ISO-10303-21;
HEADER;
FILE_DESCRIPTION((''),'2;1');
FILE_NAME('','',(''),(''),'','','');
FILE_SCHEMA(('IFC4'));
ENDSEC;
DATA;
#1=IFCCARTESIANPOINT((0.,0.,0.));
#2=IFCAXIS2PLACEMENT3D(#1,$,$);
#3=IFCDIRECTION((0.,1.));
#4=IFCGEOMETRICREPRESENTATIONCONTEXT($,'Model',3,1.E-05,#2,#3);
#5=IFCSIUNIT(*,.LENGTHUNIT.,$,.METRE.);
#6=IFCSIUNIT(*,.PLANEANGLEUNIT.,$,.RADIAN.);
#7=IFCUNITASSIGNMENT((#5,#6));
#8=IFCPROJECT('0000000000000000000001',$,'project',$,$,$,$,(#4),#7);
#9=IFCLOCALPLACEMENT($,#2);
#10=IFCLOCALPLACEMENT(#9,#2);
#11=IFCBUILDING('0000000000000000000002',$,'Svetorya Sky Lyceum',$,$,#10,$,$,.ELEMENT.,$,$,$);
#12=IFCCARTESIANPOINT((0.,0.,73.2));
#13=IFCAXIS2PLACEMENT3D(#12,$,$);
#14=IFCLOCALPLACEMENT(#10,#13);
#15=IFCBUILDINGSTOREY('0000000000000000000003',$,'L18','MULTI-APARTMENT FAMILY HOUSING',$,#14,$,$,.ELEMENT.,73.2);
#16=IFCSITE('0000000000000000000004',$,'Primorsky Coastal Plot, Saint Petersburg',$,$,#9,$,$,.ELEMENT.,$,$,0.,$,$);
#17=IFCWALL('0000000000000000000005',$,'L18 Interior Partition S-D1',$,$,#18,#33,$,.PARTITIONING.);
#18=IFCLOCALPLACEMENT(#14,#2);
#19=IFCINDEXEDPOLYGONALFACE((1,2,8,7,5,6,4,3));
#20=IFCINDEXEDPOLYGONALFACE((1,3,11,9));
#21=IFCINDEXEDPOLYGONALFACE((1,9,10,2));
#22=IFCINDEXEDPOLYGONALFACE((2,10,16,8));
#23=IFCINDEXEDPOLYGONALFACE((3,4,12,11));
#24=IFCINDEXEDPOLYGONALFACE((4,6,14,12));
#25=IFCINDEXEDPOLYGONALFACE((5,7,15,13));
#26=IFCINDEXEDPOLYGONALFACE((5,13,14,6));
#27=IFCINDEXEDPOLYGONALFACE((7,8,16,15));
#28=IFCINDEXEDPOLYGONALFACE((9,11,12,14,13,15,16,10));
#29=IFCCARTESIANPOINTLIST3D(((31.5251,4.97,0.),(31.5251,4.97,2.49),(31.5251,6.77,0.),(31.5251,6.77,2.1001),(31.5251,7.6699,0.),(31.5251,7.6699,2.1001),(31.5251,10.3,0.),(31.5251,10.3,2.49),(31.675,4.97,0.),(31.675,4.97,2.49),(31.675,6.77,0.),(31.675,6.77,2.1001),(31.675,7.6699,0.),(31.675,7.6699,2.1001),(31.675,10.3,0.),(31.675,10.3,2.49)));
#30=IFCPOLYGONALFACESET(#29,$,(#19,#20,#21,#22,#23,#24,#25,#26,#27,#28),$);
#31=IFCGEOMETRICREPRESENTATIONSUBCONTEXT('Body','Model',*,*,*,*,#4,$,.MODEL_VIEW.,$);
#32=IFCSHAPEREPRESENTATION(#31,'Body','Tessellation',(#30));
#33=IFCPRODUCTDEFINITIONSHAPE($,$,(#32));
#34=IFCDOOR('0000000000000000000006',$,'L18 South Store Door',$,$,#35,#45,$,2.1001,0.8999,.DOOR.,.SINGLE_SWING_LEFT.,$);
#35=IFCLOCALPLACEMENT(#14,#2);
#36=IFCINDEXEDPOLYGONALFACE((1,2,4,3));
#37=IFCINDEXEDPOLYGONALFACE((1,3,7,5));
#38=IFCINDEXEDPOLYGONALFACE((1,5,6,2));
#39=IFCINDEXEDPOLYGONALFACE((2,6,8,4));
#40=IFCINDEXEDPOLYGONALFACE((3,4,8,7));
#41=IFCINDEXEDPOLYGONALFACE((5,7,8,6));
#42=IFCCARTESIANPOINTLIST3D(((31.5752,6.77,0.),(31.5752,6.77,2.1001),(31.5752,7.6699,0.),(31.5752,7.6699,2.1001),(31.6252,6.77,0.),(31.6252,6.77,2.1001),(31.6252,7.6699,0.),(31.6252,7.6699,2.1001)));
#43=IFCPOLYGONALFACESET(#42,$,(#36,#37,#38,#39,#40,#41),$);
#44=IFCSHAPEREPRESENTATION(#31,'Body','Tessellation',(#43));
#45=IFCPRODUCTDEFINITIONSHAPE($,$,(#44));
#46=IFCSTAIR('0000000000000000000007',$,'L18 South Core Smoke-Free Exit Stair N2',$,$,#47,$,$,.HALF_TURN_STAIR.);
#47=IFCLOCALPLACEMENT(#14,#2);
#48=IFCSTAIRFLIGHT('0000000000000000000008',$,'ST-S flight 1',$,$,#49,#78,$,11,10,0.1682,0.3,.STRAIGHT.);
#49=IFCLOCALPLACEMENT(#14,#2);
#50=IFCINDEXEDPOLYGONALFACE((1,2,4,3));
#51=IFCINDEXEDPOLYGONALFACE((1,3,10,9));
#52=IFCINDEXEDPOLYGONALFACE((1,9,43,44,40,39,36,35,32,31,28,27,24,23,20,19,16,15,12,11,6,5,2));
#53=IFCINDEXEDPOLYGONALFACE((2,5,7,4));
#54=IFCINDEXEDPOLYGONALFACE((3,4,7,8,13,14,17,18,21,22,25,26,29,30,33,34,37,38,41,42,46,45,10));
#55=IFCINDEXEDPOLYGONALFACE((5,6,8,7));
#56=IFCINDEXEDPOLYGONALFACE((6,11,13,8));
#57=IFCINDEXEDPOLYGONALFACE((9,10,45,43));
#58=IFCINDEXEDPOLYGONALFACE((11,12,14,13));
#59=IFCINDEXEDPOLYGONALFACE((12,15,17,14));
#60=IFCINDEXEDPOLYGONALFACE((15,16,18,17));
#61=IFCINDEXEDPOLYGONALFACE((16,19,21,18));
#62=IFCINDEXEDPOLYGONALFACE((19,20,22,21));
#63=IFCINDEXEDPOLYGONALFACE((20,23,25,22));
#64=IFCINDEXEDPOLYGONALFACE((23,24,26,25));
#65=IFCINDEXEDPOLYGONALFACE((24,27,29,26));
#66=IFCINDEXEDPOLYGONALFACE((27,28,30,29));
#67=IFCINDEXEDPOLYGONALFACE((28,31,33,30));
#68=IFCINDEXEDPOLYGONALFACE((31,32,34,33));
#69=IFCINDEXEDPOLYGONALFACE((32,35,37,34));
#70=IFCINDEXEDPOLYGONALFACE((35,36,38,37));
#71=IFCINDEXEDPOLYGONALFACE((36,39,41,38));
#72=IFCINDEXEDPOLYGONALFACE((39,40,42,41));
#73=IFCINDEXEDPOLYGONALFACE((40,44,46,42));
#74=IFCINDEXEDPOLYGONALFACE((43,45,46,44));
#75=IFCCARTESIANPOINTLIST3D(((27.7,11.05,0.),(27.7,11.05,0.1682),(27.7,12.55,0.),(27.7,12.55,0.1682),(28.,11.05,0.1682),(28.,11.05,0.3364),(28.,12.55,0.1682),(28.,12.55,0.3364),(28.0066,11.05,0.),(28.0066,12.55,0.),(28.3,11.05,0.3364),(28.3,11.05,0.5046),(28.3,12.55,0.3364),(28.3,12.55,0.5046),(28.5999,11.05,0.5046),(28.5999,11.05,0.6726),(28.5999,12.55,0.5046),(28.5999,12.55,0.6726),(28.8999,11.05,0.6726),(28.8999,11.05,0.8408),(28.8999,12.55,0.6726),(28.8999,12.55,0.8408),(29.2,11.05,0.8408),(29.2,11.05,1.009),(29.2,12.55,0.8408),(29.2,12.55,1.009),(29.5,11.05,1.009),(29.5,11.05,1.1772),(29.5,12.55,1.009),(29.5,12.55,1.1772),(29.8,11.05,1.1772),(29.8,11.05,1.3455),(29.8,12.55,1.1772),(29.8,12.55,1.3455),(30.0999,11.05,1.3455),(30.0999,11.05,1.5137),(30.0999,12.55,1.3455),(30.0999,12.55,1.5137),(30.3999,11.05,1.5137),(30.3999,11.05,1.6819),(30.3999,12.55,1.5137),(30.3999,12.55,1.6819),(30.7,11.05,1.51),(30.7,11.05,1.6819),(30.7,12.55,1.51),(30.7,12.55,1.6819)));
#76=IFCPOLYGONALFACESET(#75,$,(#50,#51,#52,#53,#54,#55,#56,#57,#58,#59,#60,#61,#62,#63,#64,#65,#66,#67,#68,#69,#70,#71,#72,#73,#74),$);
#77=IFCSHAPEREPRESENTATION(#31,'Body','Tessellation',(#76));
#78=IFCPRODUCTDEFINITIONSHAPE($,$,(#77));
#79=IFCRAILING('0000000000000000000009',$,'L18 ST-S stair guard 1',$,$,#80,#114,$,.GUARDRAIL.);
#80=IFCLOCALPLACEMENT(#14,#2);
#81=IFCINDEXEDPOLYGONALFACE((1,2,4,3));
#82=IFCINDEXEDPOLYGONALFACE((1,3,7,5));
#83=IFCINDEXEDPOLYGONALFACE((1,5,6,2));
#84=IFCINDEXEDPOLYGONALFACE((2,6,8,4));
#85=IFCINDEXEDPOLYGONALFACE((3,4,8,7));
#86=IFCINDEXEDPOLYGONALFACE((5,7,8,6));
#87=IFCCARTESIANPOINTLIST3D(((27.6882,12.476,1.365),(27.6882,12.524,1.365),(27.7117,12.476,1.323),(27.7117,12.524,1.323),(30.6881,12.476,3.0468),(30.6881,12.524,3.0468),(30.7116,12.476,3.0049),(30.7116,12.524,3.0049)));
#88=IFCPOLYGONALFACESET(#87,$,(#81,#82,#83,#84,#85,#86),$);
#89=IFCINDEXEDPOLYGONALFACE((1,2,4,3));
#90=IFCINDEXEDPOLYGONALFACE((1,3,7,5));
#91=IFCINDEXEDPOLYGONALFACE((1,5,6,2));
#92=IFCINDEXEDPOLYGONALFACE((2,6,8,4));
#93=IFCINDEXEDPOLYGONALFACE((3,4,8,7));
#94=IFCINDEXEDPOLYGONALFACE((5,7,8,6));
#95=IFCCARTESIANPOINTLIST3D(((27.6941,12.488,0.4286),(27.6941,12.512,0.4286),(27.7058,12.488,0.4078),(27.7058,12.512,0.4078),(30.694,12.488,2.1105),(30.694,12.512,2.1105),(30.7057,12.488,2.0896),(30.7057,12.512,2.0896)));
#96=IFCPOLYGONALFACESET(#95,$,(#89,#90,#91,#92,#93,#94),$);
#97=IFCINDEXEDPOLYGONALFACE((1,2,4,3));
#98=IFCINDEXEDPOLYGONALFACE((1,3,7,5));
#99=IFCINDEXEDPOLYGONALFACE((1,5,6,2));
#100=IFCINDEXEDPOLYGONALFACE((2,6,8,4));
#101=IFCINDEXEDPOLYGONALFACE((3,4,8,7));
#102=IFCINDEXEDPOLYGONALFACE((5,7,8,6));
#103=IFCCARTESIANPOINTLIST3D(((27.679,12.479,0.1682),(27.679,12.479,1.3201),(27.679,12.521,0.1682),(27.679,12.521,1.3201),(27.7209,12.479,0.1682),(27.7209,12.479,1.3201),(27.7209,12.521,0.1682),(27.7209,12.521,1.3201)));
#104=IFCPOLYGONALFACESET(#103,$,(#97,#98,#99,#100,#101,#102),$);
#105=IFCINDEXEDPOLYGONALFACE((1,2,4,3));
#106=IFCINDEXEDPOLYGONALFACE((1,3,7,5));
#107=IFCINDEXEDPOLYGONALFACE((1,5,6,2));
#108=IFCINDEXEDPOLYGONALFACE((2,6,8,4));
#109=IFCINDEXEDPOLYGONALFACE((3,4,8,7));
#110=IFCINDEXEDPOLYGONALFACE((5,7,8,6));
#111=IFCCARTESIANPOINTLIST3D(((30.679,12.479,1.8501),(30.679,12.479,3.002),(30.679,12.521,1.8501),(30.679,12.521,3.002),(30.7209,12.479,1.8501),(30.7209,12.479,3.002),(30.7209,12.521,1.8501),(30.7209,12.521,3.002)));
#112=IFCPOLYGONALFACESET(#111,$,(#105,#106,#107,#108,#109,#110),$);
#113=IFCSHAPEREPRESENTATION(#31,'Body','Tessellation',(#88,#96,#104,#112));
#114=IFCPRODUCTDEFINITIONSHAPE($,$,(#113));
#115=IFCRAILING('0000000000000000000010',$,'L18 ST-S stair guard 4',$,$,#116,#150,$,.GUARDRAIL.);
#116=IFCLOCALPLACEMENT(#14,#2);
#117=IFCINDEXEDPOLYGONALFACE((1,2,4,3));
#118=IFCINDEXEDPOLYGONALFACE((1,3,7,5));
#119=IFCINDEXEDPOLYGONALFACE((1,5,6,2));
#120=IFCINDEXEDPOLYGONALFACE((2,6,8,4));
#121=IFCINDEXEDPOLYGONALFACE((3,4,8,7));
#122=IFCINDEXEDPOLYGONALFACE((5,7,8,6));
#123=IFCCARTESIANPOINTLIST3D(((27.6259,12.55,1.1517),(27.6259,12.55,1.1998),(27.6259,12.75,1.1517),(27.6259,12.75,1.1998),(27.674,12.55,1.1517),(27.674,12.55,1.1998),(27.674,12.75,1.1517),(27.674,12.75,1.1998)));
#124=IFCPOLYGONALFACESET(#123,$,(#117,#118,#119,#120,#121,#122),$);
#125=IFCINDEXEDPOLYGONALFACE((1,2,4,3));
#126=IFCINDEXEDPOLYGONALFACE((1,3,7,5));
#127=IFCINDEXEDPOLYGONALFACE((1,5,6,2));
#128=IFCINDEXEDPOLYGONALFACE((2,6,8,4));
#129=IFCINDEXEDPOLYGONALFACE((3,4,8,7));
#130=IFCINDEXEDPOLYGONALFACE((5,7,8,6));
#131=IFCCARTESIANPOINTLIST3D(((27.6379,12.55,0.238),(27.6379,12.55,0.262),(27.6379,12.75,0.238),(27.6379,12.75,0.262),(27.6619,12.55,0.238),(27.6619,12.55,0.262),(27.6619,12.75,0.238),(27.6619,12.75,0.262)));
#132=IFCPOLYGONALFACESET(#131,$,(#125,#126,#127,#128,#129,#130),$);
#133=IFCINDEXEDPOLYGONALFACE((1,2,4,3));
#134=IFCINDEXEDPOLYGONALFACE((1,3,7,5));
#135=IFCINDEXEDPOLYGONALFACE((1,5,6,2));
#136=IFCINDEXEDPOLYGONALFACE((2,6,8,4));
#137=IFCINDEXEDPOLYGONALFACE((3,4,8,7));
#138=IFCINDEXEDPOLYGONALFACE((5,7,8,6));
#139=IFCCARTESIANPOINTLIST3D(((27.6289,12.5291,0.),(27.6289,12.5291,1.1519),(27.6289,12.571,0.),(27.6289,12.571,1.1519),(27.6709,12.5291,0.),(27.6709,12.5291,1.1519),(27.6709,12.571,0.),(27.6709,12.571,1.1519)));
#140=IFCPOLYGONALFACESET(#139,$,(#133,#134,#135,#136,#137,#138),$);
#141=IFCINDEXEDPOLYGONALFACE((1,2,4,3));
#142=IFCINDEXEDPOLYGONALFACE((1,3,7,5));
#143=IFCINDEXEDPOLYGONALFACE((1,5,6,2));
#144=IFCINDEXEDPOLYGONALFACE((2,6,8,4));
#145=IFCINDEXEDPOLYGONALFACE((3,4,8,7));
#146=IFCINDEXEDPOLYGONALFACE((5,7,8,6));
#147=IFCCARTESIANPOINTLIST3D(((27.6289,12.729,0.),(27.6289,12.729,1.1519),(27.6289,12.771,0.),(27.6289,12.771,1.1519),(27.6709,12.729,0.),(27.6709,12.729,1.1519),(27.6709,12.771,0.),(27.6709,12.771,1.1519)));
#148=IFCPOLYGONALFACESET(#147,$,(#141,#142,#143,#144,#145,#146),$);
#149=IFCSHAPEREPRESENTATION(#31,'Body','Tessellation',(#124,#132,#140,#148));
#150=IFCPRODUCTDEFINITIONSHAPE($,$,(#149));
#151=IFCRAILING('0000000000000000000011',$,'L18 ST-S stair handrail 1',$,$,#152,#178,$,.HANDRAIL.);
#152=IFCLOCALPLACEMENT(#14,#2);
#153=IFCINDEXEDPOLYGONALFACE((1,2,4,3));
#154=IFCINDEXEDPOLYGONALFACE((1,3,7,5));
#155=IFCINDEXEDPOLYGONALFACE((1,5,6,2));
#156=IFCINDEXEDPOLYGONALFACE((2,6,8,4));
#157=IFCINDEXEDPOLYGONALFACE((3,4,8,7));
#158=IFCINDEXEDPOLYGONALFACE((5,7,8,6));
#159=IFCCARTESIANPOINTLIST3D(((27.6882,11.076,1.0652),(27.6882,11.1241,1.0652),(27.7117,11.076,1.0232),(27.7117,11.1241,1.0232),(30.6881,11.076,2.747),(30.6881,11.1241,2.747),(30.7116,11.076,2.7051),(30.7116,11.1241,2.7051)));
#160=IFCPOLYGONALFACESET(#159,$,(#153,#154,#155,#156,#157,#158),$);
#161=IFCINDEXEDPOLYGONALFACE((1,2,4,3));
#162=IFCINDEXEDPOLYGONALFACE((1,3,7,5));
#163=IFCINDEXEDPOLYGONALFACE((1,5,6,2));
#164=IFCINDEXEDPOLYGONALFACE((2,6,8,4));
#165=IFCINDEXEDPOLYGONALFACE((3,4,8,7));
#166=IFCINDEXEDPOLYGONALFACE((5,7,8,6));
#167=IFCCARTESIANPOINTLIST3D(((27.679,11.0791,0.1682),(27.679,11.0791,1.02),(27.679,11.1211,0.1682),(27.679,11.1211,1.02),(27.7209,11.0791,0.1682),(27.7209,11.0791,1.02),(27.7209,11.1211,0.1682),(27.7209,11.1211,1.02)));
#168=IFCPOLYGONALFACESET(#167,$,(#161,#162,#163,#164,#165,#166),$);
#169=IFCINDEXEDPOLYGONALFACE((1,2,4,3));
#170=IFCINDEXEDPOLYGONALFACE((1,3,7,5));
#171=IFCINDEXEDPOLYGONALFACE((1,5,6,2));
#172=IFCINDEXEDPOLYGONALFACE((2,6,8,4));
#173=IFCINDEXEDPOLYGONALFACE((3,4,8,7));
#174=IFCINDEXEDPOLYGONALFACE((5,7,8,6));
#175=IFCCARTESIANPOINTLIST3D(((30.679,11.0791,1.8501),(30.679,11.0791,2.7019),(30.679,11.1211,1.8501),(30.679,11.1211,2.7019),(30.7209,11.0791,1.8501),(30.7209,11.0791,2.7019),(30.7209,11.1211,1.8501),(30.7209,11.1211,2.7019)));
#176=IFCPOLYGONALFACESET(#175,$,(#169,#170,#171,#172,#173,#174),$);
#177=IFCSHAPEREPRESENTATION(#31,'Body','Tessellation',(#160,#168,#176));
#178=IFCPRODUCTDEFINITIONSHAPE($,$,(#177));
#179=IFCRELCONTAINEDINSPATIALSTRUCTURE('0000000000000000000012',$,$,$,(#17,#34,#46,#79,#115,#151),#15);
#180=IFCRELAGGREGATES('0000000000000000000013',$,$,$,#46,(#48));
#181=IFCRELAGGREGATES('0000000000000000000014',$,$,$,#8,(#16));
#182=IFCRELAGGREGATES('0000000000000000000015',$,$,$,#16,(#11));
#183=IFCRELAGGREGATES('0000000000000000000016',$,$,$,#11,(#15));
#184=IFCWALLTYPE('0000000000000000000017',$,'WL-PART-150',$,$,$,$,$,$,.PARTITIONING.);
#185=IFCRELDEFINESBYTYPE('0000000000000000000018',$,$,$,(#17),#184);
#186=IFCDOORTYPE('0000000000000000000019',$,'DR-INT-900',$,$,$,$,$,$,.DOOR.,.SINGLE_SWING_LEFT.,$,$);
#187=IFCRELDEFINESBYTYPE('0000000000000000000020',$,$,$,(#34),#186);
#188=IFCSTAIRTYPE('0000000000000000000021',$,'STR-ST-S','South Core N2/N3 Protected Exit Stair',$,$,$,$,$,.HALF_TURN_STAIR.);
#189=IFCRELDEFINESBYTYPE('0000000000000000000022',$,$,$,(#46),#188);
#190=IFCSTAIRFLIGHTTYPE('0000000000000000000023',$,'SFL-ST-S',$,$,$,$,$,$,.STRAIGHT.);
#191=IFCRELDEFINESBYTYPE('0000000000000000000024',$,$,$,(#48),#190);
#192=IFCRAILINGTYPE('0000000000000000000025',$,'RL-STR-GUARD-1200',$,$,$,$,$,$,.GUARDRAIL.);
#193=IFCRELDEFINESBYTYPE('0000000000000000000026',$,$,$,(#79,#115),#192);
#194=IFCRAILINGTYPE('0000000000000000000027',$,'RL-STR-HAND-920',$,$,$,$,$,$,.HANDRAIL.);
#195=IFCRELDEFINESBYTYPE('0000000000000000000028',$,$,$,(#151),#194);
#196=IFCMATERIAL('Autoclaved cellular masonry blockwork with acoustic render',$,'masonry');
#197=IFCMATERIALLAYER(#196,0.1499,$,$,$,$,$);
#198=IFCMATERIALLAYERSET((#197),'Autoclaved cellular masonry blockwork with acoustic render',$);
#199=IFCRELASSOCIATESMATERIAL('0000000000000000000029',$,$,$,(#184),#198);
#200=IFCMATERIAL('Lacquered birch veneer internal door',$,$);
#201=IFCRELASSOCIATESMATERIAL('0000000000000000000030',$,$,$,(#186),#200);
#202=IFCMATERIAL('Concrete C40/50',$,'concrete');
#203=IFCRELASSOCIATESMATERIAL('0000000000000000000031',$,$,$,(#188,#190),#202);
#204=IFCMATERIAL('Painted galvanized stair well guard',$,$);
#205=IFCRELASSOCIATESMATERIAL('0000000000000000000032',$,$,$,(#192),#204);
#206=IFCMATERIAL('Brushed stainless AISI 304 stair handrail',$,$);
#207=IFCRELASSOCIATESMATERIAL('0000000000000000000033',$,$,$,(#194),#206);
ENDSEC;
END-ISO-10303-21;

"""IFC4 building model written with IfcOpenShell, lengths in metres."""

from ifc_helpers import new_model, si_unit, direction, frame, frame_2d, origin, origin_2d, place, context, subcontext, project, spatial, polyline, rectangle, outline, extrude, material, layer, layer_set, type_object, element, fill, aggregate, save


model = new_model("IFC4")

# Units and contexts
model_context = context("Model", 3, precision=1e-05, world=origin(), true_north=direction((0.0, 1.0)))
body_context = subcontext(model_context, "Body", "Model", "MODEL_VIEW")
ifc_project = project(units=[si_unit("LENGTHUNIT", "METRE"), si_unit("PLANEANGLEUNIT", "RADIAN")], contexts=[model_context])

# Site, building, storey
site_placement = place(None, origin())
site = spatial("IfcSite", under=ifc_project, at=site_placement, Name="Primorsky Coastal Plot, Saint Petersburg", CompositionType="ELEMENT", RefElevation=0.0)
building_placement = place(site_placement, origin())
building = spatial("IfcBuilding", under=site, at=building_placement, Name="Svetorya Sky Lyceum", CompositionType="ELEMENT")
storey_placement = place(building_placement, frame((0.0, 0.0, 73.2)))
storey = spatial("IfcBuildingStorey", under=building, at=storey_placement, Name="L18", Description="MULTI-APARTMENT FAMILY HOUSING", CompositionType="ELEMENT", Elevation=73.2)

# Shared definitions
ifc_material_1 = material(Name="Concrete C40/50", Category="concrete")

# Wall, opening, door
ifc_material_2 = material(Name="Autoclaved cellular masonry blockwork with acoustic render", Category="masonry")
ifc_layer_1 = layer(ifc_material_2, 0.1499)
ifc_layer_set_1 = layer_set([ifc_layer_1], Name="Autoclaved cellular masonry blockwork with acoustic render")
wall_type_1 = type_object("IfcWallType", Name="WL-PART-150", PredefinedType="PARTITIONING", material=ifc_layer_set_1)
wall_1_placement = place(storey_placement, frame((31.6001, 4.97, 0.0), z_axis=(0.0, 0.0, 1.0), x_axis=(0.0, 1.0, 0.0)))
wall_1 = element("IfcWall", 1, at=wall_1_placement, inside=storey, type_object=wall_type_1, Name="L18 Interior Partition S-D1", PredefinedType="PARTITIONING", context=body_context, shape_type="SweptSolid", body=[
    extrude(rectangle(XDim=5.3301, YDim=0.1499, at=frame_2d((2.665, 0.0))), origin(), (0.0, 0.0, 1.0), 2.49),
])
opening_placement = place(wall_1_placement, frame((1.8, 0.0, 0.0)))
opening = element("IfcOpeningElement", 2, at=opening_placement, cuts=wall_1, PredefinedType="OPENING", context=body_context, shape_type="SweptSolid", body=[
    extrude(rectangle(XDim=0.8999, YDim=2.1001, at=frame_2d((0.45, 1.05))), frame((0.0, 0.085, 0.0), z_axis=(0.0, -1.0, 0.0), x_axis=(1.0, 0.0, 0.0)), (0.0, 0.0, 1.0), 0.1699),
])
ifc_material_3 = material(Name="Lacquered birch veneer internal door")
door_type = type_object("IfcDoorType", Name="DR-INT-900", OperationType="SINGLE_SWING_LEFT", PredefinedType="DOOR", material=ifc_material_3)
door_placement = place(opening_placement, origin())
door = element("IfcDoor", 3, at=door_placement, inside=storey, type_object=door_type, Name="L18 South Store Door", OperationType="SINGLE_SWING_LEFT", OverallHeight=2.1001, OverallWidth=0.8999, PredefinedType="DOOR", context=body_context, shape_type="SweptSolid", body=[
    extrude(rectangle(XDim=0.8999, YDim=2.1001, at=frame_2d((0.45, 1.05))), frame((0.0, 0.0249, 0.0), z_axis=(0.0, -1.0, 0.0), x_axis=(1.0, 0.0, 0.0)), (0.0, 0.0, 1.0), 0.05),
])
fill(opening, door)

# Stair, stair flight
stair_type = type_object("IfcStairType", Name="STR-ST-S", Description="South Core N2/N3 Protected Exit Stair", PredefinedType="HALF_TURN_STAIR", material=ifc_material_1)
stair_placement = place(storey_placement, origin())
stair = element("IfcStair", 4, at=stair_placement, inside=storey, type_object=stair_type, Name="L18 South Core Smoke-Free Exit Stair N2", PredefinedType="HALF_TURN_STAIR")
stair_flight_type = type_object("IfcStairFlightType", Name="SFL-ST-S", PredefinedType="STRAIGHT", material=ifc_material_1)
stair_flight_placement = place(storey_placement, frame((27.7, 11.8, 0.0), z_axis=(0.0, 0.0, 1.0), x_axis=(1.0, 0.0, 0.0)))
stair_flight = element("IfcStairFlight", 5, at=stair_flight_placement, type_object=stair_flight_type, Name="ST-S flight 1", NumberOfRisers=11, NumberOfTreads=10, PredefinedType="STRAIGHT", RiserHeight=0.1682, TreadLength=0.3, context=body_context, shape_type="SweptSolid", body=[
    extrude(outline(polyline([(0.0, 0.0), (0.0, 0.1682), (0.3, 0.1682), (0.3, 0.3364), (0.6001, 0.3364), (0.6001, 0.5046), (0.8999, 0.5046), (0.8999, 0.6726), (1.2, 0.6726), (1.2, 0.8408), (1.5, 0.8408), (1.5, 1.009), (1.8, 1.009), (1.8, 1.1772), (2.1001, 1.1772), (2.1001, 1.3455), (2.3999, 1.3455), (2.3999, 1.5137), (2.7, 1.5137), (2.7, 1.6819), (3.0, 1.6819), (3.0, 1.8501), (3.0, 1.51), (0.3066, 0.0), (0.0, 0.0)])), frame((0.0, 0.75, 0.0), z_axis=(0.0, -1.0, 0.0), x_axis=(1.0, 0.0, 0.0)), (0.0, 0.0, 1.0), 1.5),
])
aggregate(stair, [stair_flight])

# Railings
ifc_material_4 = material(Name="Painted galvanized stair well guard")
railing_type_1 = type_object("IfcRailingType", Name="RL-STR-GUARD-1200", PredefinedType="GUARDRAIL", material=ifc_material_4)
railing_1_placement = place(storey_placement, frame((27.7, 12.5, 0.1682)))
element("IfcRailing", 6, at=railing_1_placement, inside=storey, type_object=railing_type_1, Name="L18 ST-S stair guard 1", PredefinedType="GUARDRAIL", context=body_context, shape_type="SweptSolid", body=[
    extrude(rectangle(XDim=0.0481, YDim=0.0481, at=origin_2d()), frame((0.0, 0.0, 1.1758), z_axis=(0.872272, 0.0, 0.48902), x_axis=(0.0, 1.0, 0.0)), (0.0, 0.0, 1.0), 3.4392),
    extrude(rectangle(XDim=0.0239, YDim=0.0239, at=origin_2d()), frame((0.0, 0.0, 0.25), z_axis=(0.872272, 0.0, 0.48902), x_axis=(0.0, 1.0, 0.0)), (0.0, 0.0, 1.0), 3.4392),
    extrude(rectangle(XDim=0.042, YDim=0.042, at=origin_2d()), origin(), (0.0, 0.0, 1.0), 1.1519),
    extrude(rectangle(XDim=0.042, YDim=0.042, at=origin_2d()), frame((3.0, 0.0, 1.6819)), (0.0, 0.0, 1.0), 1.1519),
])
railing_2_placement = place(storey_placement, frame((27.6499, 12.55, 0.0)))
element("IfcRailing", 7, at=railing_2_placement, inside=storey, type_object=railing_type_1, Name="L18 ST-S stair guard 4", PredefinedType="GUARDRAIL", context=body_context, shape_type="SweptSolid", body=[
    extrude(rectangle(XDim=0.0481, YDim=0.0481, at=origin_2d()), frame((0.0, 0.0, 1.1758), z_axis=(0.0, 1.0, 0.0), x_axis=(-1.0, 0.0, 0.0)), (0.0, 0.0, 1.0), 0.2),
    extrude(rectangle(XDim=0.0239, YDim=0.0239, at=origin_2d()), frame((0.0, 0.0, 0.25), z_axis=(0.0, 1.0, 0.0), x_axis=(-1.0, 0.0, 0.0)), (0.0, 0.0, 1.0), 0.2),
    extrude(rectangle(XDim=0.042, YDim=0.042, at=origin_2d()), origin(), (0.0, 0.0, 1.0), 1.1519),
    extrude(rectangle(XDim=0.042, YDim=0.042, at=origin_2d()), frame((0.0, 0.2, 0.0)), (0.0, 0.0, 1.0), 1.1519),
])
ifc_material_5 = material(Name="Brushed stainless AISI 304 stair handrail")
railing_type_2 = type_object("IfcRailingType", Name="RL-STR-HAND-920", PredefinedType="HANDRAIL", material=ifc_material_5)
railing_3_placement = place(storey_placement, frame((27.7, 11.1001, 0.1682)))
element("IfcRailing", 8, at=railing_3_placement, inside=storey, type_object=railing_type_2, Name="L18 ST-S stair handrail 1", PredefinedType="HANDRAIL", context=body_context, shape_type="SweptSolid", body=[
    extrude(rectangle(XDim=0.0481, YDim=0.0481, at=origin_2d()), frame((0.0, 0.0, 0.876), z_axis=(0.872272, 0.0, 0.48902), x_axis=(0.0, 1.0, 0.0)), (0.0, 0.0, 1.0), 3.4392),
    extrude(rectangle(XDim=0.042, YDim=0.042, at=origin_2d()), origin(), (0.0, 0.0, 1.0), 0.8518),
    extrude(rectangle(XDim=0.042, YDim=0.042, at=origin_2d()), frame((3.0, 0.0, 1.6819)), (0.0, 0.0, 1.0), 0.8518),
])

save(model, "model.ifc")
